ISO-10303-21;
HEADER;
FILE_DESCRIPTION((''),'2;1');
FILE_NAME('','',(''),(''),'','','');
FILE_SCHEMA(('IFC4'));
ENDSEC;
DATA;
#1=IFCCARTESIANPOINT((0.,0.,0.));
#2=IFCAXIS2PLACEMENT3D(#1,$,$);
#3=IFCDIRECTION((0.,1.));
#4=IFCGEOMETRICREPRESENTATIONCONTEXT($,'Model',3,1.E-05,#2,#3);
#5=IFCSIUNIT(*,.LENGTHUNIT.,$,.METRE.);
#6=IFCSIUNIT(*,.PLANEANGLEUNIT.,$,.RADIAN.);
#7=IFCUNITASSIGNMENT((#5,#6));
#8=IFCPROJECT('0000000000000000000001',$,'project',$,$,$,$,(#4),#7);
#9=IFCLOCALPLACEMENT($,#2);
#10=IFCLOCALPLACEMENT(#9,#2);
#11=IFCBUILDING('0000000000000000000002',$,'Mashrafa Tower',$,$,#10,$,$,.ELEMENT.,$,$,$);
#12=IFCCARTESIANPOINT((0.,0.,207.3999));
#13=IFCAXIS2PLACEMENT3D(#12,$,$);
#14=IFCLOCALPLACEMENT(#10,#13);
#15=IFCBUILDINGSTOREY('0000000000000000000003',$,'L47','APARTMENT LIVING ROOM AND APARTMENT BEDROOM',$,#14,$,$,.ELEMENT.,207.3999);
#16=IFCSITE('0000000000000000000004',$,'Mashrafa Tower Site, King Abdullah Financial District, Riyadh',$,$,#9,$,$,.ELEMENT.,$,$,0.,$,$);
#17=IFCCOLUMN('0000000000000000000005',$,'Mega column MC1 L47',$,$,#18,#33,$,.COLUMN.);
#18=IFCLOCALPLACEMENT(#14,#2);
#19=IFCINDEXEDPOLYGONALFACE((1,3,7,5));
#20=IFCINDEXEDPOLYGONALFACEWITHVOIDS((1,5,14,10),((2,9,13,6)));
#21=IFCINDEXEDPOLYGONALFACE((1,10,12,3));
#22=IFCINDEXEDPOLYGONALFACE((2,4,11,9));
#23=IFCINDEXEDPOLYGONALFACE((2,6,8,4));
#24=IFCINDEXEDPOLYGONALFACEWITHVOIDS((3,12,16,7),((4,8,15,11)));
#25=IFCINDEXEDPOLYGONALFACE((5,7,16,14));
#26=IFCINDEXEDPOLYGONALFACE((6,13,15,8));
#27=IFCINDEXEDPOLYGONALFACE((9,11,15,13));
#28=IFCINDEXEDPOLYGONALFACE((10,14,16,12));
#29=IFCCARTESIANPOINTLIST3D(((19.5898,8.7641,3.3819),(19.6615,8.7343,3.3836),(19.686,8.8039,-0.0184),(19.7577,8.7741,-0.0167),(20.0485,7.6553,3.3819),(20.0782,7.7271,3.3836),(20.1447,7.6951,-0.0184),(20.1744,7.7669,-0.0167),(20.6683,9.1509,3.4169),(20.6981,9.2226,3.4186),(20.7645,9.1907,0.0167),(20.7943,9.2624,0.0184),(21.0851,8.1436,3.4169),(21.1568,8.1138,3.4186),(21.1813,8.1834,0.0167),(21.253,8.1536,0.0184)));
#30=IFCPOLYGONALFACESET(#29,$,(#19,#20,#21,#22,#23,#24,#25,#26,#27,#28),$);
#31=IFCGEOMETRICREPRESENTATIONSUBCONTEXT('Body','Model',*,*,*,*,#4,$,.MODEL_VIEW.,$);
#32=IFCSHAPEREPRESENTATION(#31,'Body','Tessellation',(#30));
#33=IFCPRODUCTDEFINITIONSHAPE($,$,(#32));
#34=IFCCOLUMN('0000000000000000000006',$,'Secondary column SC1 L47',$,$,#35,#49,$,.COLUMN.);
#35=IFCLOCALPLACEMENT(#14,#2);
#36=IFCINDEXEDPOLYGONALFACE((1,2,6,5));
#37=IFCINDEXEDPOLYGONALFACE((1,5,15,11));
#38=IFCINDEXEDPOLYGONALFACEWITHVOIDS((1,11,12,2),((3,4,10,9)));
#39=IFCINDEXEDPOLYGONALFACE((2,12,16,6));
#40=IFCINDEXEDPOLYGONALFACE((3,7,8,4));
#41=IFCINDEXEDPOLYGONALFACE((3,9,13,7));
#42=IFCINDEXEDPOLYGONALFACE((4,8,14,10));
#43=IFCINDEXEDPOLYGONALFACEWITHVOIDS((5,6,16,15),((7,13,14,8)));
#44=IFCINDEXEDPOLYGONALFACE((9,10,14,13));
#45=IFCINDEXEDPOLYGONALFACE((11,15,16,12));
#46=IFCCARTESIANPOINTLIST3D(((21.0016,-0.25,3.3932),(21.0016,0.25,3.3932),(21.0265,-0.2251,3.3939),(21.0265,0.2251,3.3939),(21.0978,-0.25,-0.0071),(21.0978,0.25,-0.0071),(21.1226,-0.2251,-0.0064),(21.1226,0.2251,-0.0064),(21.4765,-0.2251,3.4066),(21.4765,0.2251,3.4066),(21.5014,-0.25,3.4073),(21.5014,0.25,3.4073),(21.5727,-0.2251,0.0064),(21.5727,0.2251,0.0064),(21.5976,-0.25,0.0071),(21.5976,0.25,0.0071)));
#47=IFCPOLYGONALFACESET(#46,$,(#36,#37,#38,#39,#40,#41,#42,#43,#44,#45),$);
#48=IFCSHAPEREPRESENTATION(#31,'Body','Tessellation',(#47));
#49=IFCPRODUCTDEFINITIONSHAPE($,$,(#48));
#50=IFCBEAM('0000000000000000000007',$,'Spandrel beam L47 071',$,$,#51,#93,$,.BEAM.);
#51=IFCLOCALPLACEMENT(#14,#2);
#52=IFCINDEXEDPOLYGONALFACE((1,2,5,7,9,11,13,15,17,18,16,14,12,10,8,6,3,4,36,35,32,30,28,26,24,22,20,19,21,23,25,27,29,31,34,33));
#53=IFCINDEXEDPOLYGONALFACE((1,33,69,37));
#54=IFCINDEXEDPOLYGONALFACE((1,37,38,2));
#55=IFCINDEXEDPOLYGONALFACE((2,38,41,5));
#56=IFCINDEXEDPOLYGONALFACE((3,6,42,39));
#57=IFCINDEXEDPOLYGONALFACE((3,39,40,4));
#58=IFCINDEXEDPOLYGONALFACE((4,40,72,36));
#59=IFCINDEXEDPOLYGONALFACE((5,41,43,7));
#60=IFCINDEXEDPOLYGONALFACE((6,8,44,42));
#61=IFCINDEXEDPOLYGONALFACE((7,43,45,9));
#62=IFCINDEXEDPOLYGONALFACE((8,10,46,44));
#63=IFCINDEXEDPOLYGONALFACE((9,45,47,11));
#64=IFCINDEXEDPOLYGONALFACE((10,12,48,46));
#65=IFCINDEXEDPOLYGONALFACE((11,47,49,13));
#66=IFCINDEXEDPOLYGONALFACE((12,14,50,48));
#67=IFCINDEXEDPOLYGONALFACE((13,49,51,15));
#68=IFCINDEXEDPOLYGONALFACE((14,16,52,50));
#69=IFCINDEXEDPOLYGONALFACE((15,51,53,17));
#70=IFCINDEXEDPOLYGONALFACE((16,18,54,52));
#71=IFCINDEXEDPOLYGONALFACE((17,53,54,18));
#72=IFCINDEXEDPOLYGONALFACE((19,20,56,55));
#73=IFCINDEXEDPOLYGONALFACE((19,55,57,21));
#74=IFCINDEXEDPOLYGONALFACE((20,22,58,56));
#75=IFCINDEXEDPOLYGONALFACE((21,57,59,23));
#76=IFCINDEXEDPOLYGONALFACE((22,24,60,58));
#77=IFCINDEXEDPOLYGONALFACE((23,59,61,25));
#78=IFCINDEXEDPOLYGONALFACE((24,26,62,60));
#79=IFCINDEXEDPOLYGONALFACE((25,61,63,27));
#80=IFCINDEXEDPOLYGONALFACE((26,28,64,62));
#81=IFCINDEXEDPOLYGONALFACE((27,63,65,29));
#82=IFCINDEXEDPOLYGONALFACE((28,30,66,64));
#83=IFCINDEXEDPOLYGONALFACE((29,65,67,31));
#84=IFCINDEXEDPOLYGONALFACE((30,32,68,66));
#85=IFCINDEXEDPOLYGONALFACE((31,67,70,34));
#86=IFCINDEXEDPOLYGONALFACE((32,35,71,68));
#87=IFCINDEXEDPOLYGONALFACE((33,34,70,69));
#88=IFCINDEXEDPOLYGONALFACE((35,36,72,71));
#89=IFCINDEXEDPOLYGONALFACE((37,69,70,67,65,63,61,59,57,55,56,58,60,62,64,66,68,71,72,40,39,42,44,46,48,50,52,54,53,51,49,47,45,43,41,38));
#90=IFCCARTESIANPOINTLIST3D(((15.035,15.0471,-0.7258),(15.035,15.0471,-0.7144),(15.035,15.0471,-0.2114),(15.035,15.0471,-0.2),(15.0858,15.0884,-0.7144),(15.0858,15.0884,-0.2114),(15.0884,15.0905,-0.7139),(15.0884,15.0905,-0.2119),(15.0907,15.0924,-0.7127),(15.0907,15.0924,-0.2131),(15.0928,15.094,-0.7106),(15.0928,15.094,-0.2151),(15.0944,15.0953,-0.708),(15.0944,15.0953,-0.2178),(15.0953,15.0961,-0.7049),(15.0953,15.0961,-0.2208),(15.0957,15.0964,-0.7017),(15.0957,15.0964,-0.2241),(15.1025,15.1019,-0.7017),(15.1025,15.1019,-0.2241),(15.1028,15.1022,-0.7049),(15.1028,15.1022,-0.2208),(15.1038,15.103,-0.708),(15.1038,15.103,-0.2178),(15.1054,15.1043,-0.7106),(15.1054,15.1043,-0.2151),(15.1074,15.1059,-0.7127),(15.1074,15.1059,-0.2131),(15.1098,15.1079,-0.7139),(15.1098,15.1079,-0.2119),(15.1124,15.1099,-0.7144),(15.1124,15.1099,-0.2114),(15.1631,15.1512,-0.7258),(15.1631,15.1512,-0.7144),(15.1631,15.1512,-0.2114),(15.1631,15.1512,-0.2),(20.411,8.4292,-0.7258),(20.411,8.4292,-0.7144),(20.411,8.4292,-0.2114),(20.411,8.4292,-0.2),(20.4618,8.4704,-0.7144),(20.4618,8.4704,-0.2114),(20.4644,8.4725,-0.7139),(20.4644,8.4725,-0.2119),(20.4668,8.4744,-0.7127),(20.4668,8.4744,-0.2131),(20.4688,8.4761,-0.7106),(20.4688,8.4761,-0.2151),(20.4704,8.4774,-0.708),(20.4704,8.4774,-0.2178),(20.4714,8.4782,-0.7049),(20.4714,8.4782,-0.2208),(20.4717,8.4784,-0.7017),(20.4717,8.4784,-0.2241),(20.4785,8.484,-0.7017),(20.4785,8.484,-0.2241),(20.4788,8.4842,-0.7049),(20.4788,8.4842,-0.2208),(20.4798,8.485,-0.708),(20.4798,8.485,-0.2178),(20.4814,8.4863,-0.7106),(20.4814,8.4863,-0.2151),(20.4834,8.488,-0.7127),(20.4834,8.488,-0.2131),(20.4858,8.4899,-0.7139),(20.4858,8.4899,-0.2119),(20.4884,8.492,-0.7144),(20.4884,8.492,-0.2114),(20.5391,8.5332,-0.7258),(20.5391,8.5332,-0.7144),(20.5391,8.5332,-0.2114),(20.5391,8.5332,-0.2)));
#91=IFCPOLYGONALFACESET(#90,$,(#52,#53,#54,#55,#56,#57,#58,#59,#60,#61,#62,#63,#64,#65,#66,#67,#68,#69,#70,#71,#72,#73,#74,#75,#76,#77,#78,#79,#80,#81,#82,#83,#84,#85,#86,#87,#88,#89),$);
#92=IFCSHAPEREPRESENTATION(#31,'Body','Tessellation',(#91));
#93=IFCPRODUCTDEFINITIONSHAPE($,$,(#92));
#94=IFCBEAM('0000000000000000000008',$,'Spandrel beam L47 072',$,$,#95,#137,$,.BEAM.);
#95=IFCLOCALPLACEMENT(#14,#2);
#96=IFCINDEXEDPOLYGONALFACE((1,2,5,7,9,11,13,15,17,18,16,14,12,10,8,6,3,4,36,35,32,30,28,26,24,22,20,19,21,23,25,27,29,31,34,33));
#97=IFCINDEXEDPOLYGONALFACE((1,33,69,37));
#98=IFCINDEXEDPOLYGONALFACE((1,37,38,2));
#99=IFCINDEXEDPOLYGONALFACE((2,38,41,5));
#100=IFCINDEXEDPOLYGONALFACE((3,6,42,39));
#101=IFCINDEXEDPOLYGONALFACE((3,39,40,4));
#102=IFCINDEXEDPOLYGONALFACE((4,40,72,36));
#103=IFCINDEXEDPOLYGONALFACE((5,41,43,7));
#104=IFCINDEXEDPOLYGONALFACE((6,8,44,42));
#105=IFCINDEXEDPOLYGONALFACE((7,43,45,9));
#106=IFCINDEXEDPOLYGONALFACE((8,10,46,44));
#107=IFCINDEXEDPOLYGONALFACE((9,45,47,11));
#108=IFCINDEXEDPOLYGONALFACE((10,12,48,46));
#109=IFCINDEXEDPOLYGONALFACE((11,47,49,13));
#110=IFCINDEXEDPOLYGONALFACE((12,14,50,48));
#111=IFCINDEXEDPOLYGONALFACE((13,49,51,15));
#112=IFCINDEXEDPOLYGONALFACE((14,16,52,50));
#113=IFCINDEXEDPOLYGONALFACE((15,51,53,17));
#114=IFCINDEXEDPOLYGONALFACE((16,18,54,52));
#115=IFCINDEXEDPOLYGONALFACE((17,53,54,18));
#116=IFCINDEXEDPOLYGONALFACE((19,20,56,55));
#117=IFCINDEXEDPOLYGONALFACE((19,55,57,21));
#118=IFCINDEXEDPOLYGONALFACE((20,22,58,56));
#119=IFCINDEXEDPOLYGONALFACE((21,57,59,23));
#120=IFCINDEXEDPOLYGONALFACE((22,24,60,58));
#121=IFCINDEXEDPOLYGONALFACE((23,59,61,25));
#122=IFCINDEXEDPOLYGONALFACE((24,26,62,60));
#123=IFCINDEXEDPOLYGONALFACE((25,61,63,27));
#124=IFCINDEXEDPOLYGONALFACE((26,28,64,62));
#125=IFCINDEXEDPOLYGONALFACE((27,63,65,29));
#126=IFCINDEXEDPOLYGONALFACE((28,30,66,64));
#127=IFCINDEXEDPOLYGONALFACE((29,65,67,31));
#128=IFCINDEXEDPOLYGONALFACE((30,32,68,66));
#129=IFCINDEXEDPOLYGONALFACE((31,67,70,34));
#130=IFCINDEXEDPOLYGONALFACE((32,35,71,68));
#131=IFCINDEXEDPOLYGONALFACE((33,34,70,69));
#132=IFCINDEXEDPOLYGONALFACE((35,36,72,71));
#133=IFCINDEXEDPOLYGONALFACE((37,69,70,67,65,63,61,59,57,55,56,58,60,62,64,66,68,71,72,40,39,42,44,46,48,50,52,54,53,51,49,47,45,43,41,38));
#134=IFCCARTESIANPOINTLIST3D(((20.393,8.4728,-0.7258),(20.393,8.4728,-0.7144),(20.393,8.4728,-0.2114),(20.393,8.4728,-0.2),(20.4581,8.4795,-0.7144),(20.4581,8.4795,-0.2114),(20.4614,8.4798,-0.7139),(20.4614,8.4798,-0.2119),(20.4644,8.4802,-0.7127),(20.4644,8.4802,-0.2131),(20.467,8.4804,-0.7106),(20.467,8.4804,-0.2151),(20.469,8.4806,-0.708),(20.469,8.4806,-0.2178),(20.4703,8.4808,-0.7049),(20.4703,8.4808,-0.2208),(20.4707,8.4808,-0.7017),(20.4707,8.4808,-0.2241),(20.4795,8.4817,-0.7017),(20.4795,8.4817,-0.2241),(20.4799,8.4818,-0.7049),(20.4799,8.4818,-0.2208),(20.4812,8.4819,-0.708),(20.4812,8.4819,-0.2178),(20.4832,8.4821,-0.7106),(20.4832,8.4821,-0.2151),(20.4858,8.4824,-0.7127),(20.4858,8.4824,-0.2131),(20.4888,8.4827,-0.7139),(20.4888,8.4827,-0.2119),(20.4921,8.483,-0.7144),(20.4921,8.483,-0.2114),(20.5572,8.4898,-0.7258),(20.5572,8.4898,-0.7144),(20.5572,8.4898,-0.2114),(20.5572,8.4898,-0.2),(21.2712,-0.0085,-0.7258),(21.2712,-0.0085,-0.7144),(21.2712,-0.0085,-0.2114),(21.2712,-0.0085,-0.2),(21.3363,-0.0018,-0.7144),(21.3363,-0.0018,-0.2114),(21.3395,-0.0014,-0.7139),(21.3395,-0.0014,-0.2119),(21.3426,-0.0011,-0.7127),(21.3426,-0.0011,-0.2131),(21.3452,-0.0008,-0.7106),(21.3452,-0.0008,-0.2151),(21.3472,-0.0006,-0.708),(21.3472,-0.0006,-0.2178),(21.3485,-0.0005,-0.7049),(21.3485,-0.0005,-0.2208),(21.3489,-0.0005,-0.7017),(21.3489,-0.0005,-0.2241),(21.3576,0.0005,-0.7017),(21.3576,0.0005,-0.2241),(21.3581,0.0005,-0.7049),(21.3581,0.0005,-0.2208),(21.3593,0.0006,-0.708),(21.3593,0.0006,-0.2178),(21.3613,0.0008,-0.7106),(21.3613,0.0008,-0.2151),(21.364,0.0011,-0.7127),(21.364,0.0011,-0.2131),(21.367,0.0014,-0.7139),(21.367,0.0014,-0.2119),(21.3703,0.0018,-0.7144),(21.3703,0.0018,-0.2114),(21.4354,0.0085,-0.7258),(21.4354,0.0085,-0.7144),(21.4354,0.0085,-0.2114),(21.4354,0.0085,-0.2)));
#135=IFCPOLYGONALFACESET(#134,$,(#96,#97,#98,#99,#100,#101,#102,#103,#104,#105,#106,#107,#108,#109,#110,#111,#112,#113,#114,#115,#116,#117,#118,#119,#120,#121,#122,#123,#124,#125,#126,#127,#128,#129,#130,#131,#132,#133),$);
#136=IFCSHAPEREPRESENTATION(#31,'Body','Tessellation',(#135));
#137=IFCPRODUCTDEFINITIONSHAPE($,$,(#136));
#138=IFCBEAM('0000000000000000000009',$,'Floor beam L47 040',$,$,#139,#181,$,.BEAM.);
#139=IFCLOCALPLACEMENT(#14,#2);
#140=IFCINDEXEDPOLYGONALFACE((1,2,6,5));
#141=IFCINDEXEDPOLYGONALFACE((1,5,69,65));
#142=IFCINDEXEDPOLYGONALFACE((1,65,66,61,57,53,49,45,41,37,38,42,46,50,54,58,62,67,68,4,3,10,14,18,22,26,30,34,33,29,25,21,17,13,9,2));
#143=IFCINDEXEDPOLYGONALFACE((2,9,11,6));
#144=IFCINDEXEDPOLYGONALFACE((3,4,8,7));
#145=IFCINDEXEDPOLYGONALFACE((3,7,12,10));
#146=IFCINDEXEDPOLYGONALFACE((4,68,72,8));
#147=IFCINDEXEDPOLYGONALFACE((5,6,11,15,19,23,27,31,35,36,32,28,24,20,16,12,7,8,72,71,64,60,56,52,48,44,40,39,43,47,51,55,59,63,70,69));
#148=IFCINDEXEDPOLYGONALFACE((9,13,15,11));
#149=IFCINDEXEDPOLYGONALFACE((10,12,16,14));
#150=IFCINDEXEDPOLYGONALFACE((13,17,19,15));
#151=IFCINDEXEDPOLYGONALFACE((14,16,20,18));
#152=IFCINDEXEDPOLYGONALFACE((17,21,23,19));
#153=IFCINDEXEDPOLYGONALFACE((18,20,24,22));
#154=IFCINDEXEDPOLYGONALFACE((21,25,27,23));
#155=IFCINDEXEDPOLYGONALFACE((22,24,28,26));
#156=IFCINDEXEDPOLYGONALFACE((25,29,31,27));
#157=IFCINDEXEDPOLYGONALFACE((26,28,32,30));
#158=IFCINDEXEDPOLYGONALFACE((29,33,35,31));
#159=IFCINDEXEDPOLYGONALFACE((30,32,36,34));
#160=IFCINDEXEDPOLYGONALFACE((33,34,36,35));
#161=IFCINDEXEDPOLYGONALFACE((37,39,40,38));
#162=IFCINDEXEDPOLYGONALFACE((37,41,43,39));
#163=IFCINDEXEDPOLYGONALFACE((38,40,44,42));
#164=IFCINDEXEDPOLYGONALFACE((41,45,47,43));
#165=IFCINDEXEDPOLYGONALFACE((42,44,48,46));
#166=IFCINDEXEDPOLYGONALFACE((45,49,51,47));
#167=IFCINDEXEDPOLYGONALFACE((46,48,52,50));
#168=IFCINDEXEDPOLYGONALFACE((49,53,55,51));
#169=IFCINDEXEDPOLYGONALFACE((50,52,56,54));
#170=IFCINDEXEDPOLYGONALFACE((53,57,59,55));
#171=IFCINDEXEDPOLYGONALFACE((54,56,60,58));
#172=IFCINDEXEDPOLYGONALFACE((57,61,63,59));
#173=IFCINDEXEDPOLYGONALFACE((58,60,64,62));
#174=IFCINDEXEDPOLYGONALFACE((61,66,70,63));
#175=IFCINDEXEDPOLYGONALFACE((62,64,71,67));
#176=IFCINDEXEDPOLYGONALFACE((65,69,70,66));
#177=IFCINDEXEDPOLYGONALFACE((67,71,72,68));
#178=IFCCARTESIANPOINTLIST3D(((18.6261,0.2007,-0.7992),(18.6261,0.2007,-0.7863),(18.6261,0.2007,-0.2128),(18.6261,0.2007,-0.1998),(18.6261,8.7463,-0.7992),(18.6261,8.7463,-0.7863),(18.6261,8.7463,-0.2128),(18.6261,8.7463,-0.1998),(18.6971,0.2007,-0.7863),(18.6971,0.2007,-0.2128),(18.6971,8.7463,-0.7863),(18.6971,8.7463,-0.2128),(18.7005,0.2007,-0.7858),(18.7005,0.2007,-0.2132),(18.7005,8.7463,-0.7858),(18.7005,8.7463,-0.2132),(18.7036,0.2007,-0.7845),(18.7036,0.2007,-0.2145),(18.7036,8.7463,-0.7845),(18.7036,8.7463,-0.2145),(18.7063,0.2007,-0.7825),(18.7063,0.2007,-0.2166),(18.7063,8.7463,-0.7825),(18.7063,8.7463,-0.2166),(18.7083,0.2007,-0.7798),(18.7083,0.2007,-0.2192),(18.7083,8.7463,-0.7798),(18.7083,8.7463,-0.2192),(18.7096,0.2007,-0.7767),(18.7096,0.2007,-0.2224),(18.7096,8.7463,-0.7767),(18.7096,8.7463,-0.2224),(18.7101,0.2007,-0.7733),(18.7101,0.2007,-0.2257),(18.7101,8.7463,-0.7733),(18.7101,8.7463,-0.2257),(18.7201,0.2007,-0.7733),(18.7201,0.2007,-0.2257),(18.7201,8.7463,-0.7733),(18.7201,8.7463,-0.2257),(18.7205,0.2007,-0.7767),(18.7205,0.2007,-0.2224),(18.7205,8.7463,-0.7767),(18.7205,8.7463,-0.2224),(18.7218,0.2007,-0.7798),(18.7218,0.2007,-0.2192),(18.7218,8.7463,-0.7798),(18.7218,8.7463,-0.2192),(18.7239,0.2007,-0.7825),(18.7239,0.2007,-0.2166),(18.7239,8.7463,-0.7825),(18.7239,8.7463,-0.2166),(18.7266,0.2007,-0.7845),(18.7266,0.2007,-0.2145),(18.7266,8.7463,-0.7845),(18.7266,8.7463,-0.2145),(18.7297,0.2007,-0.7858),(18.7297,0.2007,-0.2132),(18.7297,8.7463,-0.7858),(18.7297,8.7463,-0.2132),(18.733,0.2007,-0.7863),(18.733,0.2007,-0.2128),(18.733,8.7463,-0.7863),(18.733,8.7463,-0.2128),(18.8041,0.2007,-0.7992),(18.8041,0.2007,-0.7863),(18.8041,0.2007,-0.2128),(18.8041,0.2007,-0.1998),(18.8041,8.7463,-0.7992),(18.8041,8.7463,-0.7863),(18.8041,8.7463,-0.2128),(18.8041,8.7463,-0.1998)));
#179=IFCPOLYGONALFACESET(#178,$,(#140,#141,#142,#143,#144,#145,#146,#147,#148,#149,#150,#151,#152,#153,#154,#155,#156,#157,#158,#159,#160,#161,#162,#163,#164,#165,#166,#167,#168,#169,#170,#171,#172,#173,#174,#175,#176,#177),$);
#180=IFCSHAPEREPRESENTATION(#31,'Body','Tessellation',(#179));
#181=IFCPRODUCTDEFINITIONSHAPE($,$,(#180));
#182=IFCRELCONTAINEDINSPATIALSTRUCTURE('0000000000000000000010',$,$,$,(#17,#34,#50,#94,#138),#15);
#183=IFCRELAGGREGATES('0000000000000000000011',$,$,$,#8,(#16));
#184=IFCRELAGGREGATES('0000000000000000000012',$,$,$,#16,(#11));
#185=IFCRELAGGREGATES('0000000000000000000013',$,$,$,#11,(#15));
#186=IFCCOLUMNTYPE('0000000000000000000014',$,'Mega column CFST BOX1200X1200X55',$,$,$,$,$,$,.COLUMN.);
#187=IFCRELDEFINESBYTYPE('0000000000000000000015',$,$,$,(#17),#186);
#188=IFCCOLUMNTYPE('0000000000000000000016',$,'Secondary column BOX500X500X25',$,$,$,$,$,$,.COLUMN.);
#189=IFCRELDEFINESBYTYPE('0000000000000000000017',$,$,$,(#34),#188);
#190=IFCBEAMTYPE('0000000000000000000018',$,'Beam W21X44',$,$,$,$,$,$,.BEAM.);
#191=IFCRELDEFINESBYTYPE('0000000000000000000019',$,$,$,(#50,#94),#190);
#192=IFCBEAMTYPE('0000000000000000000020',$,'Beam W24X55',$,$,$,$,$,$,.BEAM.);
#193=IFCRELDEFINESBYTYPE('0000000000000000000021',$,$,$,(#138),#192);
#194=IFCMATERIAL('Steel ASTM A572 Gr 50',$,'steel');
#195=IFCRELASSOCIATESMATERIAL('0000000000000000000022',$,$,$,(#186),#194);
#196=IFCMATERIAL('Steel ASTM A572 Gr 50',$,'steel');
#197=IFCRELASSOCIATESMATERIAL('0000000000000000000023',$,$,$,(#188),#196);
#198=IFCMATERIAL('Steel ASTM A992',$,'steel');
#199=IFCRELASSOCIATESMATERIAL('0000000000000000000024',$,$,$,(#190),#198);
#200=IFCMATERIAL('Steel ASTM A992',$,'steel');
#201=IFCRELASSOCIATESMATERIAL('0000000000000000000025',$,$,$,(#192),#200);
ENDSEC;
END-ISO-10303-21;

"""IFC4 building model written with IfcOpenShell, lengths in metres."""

from ifc_helpers import new_model, si_unit, direction, frame, origin, origin_2d, place, context, subcontext, project, spatial, hollow_rectangle, i_section, extrude, material, material_profile, profile_set, type_object, element, save


model = new_model("IFC4")

# Units and contexts
model_context = context("Model", 3, precision=1e-05, world=origin(), true_north=direction((0.0, 1.0)))
body_context = subcontext(model_context, "Body", "Model", "MODEL_VIEW")
ifc_project = project(units=[si_unit("LENGTHUNIT", "METRE"), si_unit("PLANEANGLEUNIT", "RADIAN")], contexts=[model_context])

# Site, building, storey
site_placement = place(None, origin())
site = spatial("IfcSite", under=ifc_project, at=site_placement, Name="Mashrafa Tower Site, King Abdullah Financial District, Riyadh", CompositionType="ELEMENT", RefElevation=0.0)
building_placement = place(site_placement, origin())
building = spatial("IfcBuilding", under=site, at=building_placement, Name="Mashrafa Tower", CompositionType="ELEMENT")
storey_placement = place(building_placement, frame((0.0, 0.0, 207.3999)))
storey = spatial("IfcBuildingStorey", under=building, at=storey_placement, Name="L47", Description="APARTMENT LIVING ROOM AND APARTMENT BEDROOM", CompositionType="ELEMENT", Elevation=207.3999)

# Columns
ifc_material_1 = material(Name="Steel ASTM A572 Gr 50", Category="steel")
ifc_material_profile_1 = material_profile(ifc_material_1, hollow_rectangle(XDim=1.2, YDim=1.2, WallThickness=0.0549, at=origin_2d()), Name="BOX1200X1200X55")
ifc_profile_set_1 = profile_set([ifc_material_profile_1], Name="Steel ASTM A572 Gr 50")
column_type_1 = type_object("IfcColumnType", Name="Mega column CFST BOX1200X1200X55", PredefinedType="COLUMN", material=ifc_profile_set_1)
column_1_placement = place(storey_placement, frame((20.4695, 8.4788, 0.0), z_axis=(-0.028277, -0.011698, 0.999532), x_axis=(0.382283, -0.924045, 0.0)))
element("IfcColumn", 1, at=column_1_placement, inside=storey, type_object=column_type_1, Name="Mega column MC1 L47", PredefinedType="COLUMN", context=body_context, shape_type="SweptSolid", body=[
    extrude(hollow_rectangle(XDim=1.2, YDim=1.2, WallThickness=0.0549, at=origin_2d()), origin(), (0.0, 0.0, 1.0), 3.4019),
])
ifc_material_2 = material(Name="Steel ASTM A572 Gr 50", Category="steel")
ifc_material_profile_2 = material_profile(ifc_material_2, hollow_rectangle(XDim=0.5, YDim=0.5, WallThickness=0.0249, at=origin_2d()), Name="BOX500X500X25")
ifc_profile_set_2 = profile_set([ifc_material_profile_2], Name="Steel ASTM A572 Gr 50")
column_type_2 = type_object("IfcColumnType", Name="Secondary column BOX500X500X25", PredefinedType="COLUMN", material=ifc_profile_set_2)
column_2_placement = place(storey_placement, frame((21.3477, 0.0, 0.0), z_axis=(-0.028279, 0.0, 0.9996), x_axis=(0.0, -1.0, 0.0)))
element("IfcColumn", 2, at=column_2_placement, inside=storey, type_object=column_type_2, Name="Secondary column SC1 L47", PredefinedType="COLUMN", context=body_context, shape_type="SweptSolid", body=[
    extrude(hollow_rectangle(XDim=0.5, YDim=0.5, WallThickness=0.0249, at=origin_2d()), origin(), (0.0, 0.0, 1.0), 3.4016),
])

# Beams
ifc_material_3 = material(Name="Steel ASTM A992", Category="steel")
ifc_material_profile_3 = material_profile(ifc_material_3, i_section(OverallWidth=0.165, OverallDepth=0.5259, WebThickness=0.0088, FlangeThickness=0.0115, FilletRadius=0.0127, at=origin_2d()), Name="W21X44")
ifc_profile_set_3 = profile_set([ifc_material_profile_3], Name="Steel ASTM A992")
beam_type_1 = type_object("IfcBeamType", Name="Beam W21X44", PredefinedType="BEAM", material=ifc_profile_set_3)
beam_1_placement = place(storey_placement, frame((20.4751, 8.4812, -0.4629), z_axis=(-0.630516, 0.776176, 0.0), x_axis=(-0.776176, -0.630516, 0.0)))
element("IfcBeam", 3, at=beam_1_placement, inside=storey, type_object=beam_type_1, Name="Spandrel beam L47 071", PredefinedType="BEAM", context=body_context, shape_type="SweptSolid", body=[
    extrude(i_section(OverallWidth=0.165, OverallDepth=0.5259, WebThickness=0.0088, FlangeThickness=0.0115, FilletRadius=0.0127, at=origin_2d()), origin(), (0.0, 0.0, 1.0), 8.5264),
])
beam_2_placement = place(storey_placement, frame((21.3533, 0.0, -0.4629), z_axis=(-0.102993, 0.994682, 0.0), x_axis=(-0.994682, -0.102993, 0.0)))
element("IfcBeam", 4, at=beam_2_placement, inside=storey, type_object=beam_type_1, Name="Spandrel beam L47 072", PredefinedType="BEAM", context=body_context, shape_type="SweptSolid", body=[
    extrude(i_section(OverallWidth=0.165, OverallDepth=0.5259, WebThickness=0.0088, FlangeThickness=0.0115, FilletRadius=0.0127, at=origin_2d()), origin(), (0.0, 0.0, 1.0), 8.5266),
])
ifc_material_4 = material(Name="Steel ASTM A992", Category="steel")
ifc_material_profile_4 = material_profile(ifc_material_4, i_section(OverallWidth=0.178, OverallDepth=0.5994, WebThickness=0.01, FlangeThickness=0.0129, FilletRadius=0.0129, at=origin_2d()), Name="W24X55")
ifc_profile_set_4 = profile_set([ifc_material_profile_4], Name="Steel ASTM A992")
beam_type_2 = type_object("IfcBeamType", Name="Beam W24X55", PredefinedType="BEAM", material=ifc_profile_set_4)
beam_3_placement = place(storey_placement, frame((18.7151, 8.7463, -0.4995), z_axis=(0.0, -1.0, 0.0), x_axis=(1.0, 0.0, 0.0)))
element("IfcBeam", 5, at=beam_3_placement, inside=storey, type_object=beam_type_2, Name="Floor beam L47 040", PredefinedType="BEAM", context=body_context, shape_type="SweptSolid", body=[
    extrude(i_section(OverallWidth=0.178, OverallDepth=0.5994, WebThickness=0.01, FlangeThickness=0.0129, FilletRadius=0.0129, at=origin_2d()), origin(), (0.0, 0.0, 1.0), 8.5457),
])

save(model, "model.ifc")
